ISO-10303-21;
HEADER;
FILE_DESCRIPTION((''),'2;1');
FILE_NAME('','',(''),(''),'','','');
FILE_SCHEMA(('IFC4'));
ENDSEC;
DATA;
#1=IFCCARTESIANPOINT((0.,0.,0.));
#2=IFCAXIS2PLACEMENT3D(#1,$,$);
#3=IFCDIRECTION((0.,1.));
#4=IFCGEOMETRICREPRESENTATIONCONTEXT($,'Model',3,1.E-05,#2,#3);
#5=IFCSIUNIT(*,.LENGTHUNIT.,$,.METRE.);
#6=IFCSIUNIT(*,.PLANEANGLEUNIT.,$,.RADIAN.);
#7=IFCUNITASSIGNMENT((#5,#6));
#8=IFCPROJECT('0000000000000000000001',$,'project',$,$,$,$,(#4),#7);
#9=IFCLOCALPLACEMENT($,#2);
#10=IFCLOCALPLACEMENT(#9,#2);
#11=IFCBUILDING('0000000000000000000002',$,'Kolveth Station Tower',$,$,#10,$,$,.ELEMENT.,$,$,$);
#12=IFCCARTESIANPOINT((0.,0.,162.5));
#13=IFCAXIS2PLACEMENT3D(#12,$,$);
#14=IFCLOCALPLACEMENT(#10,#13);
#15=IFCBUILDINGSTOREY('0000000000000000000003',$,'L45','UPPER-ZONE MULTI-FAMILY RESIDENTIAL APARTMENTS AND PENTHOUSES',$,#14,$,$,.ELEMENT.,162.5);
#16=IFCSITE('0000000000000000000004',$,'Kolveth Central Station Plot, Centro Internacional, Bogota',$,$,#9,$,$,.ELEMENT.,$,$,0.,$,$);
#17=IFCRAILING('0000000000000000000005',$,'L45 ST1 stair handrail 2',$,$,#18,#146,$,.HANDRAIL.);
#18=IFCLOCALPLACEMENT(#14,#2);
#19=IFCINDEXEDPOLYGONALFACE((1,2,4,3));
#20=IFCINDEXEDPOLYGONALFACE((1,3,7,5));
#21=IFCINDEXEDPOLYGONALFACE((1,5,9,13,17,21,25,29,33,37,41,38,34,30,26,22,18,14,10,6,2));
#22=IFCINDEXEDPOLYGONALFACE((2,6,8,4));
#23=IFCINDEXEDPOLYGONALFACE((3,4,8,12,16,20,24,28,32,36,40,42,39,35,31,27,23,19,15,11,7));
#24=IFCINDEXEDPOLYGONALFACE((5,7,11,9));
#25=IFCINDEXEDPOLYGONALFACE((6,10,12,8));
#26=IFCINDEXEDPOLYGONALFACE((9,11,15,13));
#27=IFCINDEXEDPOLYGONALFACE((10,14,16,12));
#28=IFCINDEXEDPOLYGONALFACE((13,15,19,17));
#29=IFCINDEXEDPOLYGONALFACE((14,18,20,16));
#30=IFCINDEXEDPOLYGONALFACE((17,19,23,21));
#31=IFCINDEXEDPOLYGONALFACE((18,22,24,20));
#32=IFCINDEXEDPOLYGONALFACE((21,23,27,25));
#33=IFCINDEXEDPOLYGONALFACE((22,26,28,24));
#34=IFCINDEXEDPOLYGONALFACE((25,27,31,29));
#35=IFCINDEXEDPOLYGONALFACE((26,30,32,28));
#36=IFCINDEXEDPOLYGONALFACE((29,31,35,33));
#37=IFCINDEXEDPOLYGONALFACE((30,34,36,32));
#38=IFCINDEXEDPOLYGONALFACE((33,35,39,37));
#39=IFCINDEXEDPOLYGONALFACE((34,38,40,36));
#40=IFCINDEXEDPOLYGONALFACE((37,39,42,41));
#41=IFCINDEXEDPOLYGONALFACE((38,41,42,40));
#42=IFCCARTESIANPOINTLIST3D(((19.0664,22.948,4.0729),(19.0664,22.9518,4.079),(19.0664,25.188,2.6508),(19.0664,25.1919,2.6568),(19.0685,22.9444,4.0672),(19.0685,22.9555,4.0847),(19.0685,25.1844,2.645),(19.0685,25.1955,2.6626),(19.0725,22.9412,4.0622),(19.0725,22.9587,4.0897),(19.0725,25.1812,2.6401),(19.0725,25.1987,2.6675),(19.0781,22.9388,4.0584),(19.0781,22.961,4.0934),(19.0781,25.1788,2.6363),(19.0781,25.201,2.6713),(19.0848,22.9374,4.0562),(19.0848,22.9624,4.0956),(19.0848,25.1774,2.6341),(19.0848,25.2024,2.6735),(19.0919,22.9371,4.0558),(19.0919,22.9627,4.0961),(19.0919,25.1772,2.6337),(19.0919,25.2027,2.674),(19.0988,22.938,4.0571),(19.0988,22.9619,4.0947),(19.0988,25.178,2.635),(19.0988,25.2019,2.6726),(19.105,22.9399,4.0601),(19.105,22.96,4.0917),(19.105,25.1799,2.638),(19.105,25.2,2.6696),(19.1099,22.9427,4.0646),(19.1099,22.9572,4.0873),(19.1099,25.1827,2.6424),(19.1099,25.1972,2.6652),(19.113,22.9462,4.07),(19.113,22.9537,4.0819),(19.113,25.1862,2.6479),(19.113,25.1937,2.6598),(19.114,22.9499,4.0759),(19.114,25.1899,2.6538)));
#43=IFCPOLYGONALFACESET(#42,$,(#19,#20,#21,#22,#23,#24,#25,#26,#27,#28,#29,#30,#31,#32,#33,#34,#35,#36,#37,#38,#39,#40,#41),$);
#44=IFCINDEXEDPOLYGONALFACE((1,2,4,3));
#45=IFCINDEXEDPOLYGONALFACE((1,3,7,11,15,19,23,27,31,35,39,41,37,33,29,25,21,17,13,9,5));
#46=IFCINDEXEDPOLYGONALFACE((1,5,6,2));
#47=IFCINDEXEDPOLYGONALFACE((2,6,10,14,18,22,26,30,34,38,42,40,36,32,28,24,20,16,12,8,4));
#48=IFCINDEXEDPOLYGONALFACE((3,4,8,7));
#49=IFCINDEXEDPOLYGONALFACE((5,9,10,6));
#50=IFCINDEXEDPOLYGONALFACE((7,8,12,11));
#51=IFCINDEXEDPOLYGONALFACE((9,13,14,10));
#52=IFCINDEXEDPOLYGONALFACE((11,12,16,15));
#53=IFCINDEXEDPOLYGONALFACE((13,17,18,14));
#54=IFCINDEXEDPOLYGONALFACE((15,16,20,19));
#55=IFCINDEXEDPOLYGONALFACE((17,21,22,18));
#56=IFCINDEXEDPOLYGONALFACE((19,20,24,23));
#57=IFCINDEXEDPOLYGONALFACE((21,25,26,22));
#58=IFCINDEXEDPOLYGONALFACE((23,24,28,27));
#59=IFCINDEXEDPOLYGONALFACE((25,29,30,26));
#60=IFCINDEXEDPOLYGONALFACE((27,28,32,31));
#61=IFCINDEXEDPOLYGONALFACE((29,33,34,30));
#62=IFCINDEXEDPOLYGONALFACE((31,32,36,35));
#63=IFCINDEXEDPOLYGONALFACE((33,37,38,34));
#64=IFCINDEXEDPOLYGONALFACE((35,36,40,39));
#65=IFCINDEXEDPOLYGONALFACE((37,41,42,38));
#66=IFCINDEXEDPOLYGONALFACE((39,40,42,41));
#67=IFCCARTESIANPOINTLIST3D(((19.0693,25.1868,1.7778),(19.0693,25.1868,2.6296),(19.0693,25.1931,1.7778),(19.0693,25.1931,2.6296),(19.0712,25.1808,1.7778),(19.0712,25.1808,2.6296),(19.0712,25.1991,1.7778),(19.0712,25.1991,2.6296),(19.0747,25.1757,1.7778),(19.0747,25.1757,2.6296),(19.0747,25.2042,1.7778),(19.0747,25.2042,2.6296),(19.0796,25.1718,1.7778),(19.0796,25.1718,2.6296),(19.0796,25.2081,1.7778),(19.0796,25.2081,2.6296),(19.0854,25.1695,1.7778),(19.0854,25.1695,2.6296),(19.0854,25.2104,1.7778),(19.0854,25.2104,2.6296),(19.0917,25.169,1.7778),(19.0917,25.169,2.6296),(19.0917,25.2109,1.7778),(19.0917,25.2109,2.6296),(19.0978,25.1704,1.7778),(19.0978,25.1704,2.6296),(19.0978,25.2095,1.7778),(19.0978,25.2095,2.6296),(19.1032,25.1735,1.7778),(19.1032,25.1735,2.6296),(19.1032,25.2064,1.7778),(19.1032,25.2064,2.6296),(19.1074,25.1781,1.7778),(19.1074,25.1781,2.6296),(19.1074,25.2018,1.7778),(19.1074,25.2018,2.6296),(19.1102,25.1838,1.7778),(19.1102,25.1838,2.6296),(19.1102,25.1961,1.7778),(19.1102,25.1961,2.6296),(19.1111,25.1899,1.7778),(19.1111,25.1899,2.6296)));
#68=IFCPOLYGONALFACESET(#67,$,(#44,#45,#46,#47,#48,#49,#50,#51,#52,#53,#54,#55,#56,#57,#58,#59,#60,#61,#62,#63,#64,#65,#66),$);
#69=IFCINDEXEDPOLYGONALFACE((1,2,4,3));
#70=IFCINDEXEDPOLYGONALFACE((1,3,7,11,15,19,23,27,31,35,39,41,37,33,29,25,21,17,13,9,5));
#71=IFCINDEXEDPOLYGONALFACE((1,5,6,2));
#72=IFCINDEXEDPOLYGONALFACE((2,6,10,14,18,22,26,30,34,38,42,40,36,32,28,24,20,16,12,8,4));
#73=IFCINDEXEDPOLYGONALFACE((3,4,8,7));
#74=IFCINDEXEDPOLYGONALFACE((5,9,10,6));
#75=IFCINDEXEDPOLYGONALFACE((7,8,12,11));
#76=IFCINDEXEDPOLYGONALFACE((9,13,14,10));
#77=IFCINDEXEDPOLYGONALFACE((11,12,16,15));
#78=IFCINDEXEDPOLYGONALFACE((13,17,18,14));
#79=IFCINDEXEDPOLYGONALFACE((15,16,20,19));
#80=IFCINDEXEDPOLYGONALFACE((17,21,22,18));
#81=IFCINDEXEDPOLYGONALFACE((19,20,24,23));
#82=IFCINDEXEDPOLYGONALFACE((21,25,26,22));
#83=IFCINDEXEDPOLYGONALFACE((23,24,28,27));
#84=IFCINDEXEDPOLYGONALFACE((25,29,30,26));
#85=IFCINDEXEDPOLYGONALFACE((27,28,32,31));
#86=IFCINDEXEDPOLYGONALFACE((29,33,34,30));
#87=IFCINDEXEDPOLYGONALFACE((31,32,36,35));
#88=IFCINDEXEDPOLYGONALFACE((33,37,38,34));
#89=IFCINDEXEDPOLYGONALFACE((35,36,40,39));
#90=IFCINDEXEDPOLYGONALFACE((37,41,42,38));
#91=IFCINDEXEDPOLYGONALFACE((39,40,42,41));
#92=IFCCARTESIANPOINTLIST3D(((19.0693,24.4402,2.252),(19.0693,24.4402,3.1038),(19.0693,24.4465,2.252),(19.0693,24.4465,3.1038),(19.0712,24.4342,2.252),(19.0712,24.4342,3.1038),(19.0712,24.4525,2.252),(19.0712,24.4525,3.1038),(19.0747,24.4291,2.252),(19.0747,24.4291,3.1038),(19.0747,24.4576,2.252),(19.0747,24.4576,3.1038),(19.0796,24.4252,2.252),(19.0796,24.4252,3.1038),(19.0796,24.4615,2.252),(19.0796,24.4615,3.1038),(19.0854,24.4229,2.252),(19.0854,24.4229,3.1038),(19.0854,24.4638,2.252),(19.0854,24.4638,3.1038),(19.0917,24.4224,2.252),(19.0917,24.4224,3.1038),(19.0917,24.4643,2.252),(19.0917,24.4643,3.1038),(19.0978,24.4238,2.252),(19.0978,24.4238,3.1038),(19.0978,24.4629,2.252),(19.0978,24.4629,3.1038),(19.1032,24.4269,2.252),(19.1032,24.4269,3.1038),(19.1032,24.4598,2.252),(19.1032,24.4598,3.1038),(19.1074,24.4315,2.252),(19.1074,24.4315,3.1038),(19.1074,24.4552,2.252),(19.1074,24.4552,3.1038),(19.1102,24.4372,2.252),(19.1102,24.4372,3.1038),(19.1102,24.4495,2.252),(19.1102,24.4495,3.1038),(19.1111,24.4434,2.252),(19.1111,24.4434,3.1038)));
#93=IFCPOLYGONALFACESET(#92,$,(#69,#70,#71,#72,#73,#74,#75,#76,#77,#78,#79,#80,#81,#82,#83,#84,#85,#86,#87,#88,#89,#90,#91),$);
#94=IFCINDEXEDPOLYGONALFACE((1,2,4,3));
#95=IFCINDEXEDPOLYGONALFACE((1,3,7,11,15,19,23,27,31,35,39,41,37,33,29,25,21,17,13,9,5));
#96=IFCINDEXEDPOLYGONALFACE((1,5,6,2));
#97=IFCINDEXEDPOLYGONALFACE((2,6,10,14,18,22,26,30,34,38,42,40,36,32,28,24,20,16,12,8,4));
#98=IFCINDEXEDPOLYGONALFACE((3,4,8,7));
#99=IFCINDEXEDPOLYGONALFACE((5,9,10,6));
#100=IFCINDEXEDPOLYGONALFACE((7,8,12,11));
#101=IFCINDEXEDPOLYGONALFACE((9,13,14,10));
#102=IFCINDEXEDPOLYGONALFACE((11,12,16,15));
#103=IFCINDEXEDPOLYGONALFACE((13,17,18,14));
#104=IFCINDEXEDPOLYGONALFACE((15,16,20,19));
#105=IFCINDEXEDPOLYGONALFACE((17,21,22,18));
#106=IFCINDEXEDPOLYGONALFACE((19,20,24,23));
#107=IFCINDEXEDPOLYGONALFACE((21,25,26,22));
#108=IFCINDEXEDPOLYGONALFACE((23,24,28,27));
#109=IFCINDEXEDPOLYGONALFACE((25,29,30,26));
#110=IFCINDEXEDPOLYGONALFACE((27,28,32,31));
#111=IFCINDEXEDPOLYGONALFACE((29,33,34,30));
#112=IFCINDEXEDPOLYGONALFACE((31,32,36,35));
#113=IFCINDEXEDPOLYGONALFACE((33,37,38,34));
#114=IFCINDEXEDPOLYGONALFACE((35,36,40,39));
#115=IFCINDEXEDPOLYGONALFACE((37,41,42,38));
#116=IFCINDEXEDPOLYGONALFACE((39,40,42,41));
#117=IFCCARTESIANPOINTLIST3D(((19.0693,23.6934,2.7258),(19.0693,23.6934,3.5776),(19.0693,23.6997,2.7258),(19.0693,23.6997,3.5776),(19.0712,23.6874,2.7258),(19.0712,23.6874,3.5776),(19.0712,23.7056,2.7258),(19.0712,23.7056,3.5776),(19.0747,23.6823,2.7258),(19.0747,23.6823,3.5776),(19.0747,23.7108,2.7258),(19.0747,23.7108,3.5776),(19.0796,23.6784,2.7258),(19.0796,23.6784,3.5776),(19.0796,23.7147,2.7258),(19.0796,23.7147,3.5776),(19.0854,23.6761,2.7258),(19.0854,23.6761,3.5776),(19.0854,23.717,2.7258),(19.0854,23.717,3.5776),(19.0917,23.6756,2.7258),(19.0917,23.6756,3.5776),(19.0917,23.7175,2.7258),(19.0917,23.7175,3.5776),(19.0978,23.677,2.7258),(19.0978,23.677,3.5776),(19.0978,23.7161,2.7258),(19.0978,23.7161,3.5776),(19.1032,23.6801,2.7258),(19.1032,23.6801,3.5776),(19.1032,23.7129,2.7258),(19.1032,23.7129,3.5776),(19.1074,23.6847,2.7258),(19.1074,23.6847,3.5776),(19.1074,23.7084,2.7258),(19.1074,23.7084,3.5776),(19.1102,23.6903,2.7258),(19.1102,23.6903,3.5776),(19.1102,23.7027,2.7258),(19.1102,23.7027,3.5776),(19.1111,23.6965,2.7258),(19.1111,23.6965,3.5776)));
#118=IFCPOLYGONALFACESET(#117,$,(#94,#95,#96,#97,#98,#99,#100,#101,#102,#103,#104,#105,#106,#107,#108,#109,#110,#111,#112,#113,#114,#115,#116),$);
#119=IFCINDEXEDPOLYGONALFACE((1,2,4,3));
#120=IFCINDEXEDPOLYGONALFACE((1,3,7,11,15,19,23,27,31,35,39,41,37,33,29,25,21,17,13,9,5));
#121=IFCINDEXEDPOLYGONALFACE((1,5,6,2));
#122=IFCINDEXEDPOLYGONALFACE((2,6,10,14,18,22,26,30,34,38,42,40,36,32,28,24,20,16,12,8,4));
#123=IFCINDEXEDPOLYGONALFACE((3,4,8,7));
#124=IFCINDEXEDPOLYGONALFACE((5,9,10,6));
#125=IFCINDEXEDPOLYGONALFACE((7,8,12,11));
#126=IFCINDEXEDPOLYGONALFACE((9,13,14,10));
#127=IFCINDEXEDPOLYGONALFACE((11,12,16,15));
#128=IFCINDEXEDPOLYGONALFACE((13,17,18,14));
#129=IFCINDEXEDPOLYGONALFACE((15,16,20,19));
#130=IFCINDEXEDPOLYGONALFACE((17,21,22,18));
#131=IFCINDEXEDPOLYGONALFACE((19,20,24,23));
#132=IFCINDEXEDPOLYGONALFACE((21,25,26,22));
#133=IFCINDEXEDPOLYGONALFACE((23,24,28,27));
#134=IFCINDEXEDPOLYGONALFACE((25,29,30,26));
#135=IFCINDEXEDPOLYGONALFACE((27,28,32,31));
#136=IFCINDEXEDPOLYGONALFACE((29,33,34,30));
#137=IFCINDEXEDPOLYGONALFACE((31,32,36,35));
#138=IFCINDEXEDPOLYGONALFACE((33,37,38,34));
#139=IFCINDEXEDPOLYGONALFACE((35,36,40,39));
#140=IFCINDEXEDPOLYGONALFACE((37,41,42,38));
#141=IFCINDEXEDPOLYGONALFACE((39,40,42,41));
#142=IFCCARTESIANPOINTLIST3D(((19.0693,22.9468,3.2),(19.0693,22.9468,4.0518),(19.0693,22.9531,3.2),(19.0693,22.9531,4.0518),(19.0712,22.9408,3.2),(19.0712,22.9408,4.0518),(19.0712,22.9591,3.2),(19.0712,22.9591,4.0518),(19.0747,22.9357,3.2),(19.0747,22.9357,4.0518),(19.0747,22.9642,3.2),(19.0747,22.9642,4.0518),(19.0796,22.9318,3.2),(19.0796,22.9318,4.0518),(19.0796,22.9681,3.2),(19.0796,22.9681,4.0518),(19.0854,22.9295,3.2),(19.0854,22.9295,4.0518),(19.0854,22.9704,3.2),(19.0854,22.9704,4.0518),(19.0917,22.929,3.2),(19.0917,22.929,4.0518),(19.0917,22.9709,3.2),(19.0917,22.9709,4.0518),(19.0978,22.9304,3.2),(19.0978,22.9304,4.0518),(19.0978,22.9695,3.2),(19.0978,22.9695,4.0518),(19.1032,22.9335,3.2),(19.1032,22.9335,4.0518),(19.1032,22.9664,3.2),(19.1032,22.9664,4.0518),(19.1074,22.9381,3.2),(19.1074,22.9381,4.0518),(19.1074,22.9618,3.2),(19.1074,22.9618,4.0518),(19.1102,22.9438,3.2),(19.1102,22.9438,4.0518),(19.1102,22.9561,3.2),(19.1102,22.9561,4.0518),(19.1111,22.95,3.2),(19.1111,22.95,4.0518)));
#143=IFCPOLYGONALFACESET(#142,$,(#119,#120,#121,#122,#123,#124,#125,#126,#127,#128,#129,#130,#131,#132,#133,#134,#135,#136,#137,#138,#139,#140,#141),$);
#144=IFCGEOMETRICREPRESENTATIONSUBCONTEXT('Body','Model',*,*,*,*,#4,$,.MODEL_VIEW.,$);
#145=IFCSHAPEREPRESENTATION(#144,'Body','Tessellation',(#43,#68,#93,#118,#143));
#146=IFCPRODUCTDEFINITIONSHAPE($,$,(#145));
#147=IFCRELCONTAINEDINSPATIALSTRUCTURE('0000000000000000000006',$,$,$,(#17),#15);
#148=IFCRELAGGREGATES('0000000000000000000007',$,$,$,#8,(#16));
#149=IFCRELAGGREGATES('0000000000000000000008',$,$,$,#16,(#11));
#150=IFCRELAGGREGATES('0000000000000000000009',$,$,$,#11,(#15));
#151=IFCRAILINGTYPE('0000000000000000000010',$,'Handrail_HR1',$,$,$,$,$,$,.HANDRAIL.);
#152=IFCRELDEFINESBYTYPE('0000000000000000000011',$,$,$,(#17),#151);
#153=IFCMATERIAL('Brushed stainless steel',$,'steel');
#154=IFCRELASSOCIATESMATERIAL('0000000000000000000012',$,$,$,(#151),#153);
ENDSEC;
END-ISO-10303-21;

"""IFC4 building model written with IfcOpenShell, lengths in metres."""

from ifc_helpers import new_model, si_unit, direction, frame, origin, origin_2d, place, context, subcontext, project, spatial, circle, extrude, material, type_object, element, save


model = new_model("IFC4")

# Units and contexts
model_context = context("Model", 3, precision=1e-05, world=origin(), true_north=direction((0.0, 1.0)))
body_context = subcontext(model_context, "Body", "Model", "MODEL_VIEW")
ifc_project = project(units=[si_unit("LENGTHUNIT", "METRE"), si_unit("PLANEANGLEUNIT", "RADIAN")], contexts=[model_context])

# Site, building, storey
site_placement = place(None, origin())
site = spatial("IfcSite", under=ifc_project, at=site_placement, Name="Kolveth Central Station Plot, Centro Internacional, Bogota", CompositionType="ELEMENT", RefElevation=0.0)
building_placement = place(site_placement, origin())
building = spatial("IfcBuilding", under=site, at=building_placement, Name="Kolveth Station Tower", CompositionType="ELEMENT")
storey_placement = place(building_placement, frame((0.0, 0.0, 162.5)))
storey = spatial("IfcBuildingStorey", under=building, at=storey_placement, Name="L45", Description="UPPER-ZONE MULTI-FAMILY RESIDENTIAL APARTMENTS AND PENTHOUSES", CompositionType="ELEMENT", Elevation=162.5)

# Railing
ifc_material_1 = material(Name="Brushed stainless steel", Category="steel")
railing_type_1 = type_object("IfcRailingType", Name="Handrail_HR1", PredefinedType="HANDRAIL", material=ifc_material_1)
railing_1_placement = place(storey_placement, frame((19.0901, 25.1899, 1.7778)))
element("IfcRailing", 1, at=railing_1_placement, inside=storey, type_object=railing_type_1, Name="L45 ST1 stair handrail 2", PredefinedType="HANDRAIL", context=body_context, shape_type="SweptSolid", body=[
    extrude(circle(Radius=0.0239, at=origin_2d()), frame((0.0, 0.0, 0.876), z_axis=(0.0, -0.844229, 0.535982), x_axis=(1.0, 0.0, 0.0)), (0.0, 0.0, 1.0), 2.6533),
    extrude(circle(Radius=0.021, at=origin_2d()), origin(), (0.0, 0.0, 1.0), 0.8518),
    extrude(circle(Radius=0.021, at=origin_2d()), frame((0.0, -0.7466, 0.4741)), (0.0, 0.0, 1.0), 0.8518),
    extrude(circle(Radius=0.021, at=origin_2d()), frame((0.0, -1.4934, 0.948)), (0.0, 0.0, 1.0), 0.8518),
    extrude(circle(Radius=0.021, at=origin_2d()), frame((0.0, -2.24, 1.4221)), (0.0, 0.0, 1.0), 0.8518),
])

save(model, "model.ifc")
